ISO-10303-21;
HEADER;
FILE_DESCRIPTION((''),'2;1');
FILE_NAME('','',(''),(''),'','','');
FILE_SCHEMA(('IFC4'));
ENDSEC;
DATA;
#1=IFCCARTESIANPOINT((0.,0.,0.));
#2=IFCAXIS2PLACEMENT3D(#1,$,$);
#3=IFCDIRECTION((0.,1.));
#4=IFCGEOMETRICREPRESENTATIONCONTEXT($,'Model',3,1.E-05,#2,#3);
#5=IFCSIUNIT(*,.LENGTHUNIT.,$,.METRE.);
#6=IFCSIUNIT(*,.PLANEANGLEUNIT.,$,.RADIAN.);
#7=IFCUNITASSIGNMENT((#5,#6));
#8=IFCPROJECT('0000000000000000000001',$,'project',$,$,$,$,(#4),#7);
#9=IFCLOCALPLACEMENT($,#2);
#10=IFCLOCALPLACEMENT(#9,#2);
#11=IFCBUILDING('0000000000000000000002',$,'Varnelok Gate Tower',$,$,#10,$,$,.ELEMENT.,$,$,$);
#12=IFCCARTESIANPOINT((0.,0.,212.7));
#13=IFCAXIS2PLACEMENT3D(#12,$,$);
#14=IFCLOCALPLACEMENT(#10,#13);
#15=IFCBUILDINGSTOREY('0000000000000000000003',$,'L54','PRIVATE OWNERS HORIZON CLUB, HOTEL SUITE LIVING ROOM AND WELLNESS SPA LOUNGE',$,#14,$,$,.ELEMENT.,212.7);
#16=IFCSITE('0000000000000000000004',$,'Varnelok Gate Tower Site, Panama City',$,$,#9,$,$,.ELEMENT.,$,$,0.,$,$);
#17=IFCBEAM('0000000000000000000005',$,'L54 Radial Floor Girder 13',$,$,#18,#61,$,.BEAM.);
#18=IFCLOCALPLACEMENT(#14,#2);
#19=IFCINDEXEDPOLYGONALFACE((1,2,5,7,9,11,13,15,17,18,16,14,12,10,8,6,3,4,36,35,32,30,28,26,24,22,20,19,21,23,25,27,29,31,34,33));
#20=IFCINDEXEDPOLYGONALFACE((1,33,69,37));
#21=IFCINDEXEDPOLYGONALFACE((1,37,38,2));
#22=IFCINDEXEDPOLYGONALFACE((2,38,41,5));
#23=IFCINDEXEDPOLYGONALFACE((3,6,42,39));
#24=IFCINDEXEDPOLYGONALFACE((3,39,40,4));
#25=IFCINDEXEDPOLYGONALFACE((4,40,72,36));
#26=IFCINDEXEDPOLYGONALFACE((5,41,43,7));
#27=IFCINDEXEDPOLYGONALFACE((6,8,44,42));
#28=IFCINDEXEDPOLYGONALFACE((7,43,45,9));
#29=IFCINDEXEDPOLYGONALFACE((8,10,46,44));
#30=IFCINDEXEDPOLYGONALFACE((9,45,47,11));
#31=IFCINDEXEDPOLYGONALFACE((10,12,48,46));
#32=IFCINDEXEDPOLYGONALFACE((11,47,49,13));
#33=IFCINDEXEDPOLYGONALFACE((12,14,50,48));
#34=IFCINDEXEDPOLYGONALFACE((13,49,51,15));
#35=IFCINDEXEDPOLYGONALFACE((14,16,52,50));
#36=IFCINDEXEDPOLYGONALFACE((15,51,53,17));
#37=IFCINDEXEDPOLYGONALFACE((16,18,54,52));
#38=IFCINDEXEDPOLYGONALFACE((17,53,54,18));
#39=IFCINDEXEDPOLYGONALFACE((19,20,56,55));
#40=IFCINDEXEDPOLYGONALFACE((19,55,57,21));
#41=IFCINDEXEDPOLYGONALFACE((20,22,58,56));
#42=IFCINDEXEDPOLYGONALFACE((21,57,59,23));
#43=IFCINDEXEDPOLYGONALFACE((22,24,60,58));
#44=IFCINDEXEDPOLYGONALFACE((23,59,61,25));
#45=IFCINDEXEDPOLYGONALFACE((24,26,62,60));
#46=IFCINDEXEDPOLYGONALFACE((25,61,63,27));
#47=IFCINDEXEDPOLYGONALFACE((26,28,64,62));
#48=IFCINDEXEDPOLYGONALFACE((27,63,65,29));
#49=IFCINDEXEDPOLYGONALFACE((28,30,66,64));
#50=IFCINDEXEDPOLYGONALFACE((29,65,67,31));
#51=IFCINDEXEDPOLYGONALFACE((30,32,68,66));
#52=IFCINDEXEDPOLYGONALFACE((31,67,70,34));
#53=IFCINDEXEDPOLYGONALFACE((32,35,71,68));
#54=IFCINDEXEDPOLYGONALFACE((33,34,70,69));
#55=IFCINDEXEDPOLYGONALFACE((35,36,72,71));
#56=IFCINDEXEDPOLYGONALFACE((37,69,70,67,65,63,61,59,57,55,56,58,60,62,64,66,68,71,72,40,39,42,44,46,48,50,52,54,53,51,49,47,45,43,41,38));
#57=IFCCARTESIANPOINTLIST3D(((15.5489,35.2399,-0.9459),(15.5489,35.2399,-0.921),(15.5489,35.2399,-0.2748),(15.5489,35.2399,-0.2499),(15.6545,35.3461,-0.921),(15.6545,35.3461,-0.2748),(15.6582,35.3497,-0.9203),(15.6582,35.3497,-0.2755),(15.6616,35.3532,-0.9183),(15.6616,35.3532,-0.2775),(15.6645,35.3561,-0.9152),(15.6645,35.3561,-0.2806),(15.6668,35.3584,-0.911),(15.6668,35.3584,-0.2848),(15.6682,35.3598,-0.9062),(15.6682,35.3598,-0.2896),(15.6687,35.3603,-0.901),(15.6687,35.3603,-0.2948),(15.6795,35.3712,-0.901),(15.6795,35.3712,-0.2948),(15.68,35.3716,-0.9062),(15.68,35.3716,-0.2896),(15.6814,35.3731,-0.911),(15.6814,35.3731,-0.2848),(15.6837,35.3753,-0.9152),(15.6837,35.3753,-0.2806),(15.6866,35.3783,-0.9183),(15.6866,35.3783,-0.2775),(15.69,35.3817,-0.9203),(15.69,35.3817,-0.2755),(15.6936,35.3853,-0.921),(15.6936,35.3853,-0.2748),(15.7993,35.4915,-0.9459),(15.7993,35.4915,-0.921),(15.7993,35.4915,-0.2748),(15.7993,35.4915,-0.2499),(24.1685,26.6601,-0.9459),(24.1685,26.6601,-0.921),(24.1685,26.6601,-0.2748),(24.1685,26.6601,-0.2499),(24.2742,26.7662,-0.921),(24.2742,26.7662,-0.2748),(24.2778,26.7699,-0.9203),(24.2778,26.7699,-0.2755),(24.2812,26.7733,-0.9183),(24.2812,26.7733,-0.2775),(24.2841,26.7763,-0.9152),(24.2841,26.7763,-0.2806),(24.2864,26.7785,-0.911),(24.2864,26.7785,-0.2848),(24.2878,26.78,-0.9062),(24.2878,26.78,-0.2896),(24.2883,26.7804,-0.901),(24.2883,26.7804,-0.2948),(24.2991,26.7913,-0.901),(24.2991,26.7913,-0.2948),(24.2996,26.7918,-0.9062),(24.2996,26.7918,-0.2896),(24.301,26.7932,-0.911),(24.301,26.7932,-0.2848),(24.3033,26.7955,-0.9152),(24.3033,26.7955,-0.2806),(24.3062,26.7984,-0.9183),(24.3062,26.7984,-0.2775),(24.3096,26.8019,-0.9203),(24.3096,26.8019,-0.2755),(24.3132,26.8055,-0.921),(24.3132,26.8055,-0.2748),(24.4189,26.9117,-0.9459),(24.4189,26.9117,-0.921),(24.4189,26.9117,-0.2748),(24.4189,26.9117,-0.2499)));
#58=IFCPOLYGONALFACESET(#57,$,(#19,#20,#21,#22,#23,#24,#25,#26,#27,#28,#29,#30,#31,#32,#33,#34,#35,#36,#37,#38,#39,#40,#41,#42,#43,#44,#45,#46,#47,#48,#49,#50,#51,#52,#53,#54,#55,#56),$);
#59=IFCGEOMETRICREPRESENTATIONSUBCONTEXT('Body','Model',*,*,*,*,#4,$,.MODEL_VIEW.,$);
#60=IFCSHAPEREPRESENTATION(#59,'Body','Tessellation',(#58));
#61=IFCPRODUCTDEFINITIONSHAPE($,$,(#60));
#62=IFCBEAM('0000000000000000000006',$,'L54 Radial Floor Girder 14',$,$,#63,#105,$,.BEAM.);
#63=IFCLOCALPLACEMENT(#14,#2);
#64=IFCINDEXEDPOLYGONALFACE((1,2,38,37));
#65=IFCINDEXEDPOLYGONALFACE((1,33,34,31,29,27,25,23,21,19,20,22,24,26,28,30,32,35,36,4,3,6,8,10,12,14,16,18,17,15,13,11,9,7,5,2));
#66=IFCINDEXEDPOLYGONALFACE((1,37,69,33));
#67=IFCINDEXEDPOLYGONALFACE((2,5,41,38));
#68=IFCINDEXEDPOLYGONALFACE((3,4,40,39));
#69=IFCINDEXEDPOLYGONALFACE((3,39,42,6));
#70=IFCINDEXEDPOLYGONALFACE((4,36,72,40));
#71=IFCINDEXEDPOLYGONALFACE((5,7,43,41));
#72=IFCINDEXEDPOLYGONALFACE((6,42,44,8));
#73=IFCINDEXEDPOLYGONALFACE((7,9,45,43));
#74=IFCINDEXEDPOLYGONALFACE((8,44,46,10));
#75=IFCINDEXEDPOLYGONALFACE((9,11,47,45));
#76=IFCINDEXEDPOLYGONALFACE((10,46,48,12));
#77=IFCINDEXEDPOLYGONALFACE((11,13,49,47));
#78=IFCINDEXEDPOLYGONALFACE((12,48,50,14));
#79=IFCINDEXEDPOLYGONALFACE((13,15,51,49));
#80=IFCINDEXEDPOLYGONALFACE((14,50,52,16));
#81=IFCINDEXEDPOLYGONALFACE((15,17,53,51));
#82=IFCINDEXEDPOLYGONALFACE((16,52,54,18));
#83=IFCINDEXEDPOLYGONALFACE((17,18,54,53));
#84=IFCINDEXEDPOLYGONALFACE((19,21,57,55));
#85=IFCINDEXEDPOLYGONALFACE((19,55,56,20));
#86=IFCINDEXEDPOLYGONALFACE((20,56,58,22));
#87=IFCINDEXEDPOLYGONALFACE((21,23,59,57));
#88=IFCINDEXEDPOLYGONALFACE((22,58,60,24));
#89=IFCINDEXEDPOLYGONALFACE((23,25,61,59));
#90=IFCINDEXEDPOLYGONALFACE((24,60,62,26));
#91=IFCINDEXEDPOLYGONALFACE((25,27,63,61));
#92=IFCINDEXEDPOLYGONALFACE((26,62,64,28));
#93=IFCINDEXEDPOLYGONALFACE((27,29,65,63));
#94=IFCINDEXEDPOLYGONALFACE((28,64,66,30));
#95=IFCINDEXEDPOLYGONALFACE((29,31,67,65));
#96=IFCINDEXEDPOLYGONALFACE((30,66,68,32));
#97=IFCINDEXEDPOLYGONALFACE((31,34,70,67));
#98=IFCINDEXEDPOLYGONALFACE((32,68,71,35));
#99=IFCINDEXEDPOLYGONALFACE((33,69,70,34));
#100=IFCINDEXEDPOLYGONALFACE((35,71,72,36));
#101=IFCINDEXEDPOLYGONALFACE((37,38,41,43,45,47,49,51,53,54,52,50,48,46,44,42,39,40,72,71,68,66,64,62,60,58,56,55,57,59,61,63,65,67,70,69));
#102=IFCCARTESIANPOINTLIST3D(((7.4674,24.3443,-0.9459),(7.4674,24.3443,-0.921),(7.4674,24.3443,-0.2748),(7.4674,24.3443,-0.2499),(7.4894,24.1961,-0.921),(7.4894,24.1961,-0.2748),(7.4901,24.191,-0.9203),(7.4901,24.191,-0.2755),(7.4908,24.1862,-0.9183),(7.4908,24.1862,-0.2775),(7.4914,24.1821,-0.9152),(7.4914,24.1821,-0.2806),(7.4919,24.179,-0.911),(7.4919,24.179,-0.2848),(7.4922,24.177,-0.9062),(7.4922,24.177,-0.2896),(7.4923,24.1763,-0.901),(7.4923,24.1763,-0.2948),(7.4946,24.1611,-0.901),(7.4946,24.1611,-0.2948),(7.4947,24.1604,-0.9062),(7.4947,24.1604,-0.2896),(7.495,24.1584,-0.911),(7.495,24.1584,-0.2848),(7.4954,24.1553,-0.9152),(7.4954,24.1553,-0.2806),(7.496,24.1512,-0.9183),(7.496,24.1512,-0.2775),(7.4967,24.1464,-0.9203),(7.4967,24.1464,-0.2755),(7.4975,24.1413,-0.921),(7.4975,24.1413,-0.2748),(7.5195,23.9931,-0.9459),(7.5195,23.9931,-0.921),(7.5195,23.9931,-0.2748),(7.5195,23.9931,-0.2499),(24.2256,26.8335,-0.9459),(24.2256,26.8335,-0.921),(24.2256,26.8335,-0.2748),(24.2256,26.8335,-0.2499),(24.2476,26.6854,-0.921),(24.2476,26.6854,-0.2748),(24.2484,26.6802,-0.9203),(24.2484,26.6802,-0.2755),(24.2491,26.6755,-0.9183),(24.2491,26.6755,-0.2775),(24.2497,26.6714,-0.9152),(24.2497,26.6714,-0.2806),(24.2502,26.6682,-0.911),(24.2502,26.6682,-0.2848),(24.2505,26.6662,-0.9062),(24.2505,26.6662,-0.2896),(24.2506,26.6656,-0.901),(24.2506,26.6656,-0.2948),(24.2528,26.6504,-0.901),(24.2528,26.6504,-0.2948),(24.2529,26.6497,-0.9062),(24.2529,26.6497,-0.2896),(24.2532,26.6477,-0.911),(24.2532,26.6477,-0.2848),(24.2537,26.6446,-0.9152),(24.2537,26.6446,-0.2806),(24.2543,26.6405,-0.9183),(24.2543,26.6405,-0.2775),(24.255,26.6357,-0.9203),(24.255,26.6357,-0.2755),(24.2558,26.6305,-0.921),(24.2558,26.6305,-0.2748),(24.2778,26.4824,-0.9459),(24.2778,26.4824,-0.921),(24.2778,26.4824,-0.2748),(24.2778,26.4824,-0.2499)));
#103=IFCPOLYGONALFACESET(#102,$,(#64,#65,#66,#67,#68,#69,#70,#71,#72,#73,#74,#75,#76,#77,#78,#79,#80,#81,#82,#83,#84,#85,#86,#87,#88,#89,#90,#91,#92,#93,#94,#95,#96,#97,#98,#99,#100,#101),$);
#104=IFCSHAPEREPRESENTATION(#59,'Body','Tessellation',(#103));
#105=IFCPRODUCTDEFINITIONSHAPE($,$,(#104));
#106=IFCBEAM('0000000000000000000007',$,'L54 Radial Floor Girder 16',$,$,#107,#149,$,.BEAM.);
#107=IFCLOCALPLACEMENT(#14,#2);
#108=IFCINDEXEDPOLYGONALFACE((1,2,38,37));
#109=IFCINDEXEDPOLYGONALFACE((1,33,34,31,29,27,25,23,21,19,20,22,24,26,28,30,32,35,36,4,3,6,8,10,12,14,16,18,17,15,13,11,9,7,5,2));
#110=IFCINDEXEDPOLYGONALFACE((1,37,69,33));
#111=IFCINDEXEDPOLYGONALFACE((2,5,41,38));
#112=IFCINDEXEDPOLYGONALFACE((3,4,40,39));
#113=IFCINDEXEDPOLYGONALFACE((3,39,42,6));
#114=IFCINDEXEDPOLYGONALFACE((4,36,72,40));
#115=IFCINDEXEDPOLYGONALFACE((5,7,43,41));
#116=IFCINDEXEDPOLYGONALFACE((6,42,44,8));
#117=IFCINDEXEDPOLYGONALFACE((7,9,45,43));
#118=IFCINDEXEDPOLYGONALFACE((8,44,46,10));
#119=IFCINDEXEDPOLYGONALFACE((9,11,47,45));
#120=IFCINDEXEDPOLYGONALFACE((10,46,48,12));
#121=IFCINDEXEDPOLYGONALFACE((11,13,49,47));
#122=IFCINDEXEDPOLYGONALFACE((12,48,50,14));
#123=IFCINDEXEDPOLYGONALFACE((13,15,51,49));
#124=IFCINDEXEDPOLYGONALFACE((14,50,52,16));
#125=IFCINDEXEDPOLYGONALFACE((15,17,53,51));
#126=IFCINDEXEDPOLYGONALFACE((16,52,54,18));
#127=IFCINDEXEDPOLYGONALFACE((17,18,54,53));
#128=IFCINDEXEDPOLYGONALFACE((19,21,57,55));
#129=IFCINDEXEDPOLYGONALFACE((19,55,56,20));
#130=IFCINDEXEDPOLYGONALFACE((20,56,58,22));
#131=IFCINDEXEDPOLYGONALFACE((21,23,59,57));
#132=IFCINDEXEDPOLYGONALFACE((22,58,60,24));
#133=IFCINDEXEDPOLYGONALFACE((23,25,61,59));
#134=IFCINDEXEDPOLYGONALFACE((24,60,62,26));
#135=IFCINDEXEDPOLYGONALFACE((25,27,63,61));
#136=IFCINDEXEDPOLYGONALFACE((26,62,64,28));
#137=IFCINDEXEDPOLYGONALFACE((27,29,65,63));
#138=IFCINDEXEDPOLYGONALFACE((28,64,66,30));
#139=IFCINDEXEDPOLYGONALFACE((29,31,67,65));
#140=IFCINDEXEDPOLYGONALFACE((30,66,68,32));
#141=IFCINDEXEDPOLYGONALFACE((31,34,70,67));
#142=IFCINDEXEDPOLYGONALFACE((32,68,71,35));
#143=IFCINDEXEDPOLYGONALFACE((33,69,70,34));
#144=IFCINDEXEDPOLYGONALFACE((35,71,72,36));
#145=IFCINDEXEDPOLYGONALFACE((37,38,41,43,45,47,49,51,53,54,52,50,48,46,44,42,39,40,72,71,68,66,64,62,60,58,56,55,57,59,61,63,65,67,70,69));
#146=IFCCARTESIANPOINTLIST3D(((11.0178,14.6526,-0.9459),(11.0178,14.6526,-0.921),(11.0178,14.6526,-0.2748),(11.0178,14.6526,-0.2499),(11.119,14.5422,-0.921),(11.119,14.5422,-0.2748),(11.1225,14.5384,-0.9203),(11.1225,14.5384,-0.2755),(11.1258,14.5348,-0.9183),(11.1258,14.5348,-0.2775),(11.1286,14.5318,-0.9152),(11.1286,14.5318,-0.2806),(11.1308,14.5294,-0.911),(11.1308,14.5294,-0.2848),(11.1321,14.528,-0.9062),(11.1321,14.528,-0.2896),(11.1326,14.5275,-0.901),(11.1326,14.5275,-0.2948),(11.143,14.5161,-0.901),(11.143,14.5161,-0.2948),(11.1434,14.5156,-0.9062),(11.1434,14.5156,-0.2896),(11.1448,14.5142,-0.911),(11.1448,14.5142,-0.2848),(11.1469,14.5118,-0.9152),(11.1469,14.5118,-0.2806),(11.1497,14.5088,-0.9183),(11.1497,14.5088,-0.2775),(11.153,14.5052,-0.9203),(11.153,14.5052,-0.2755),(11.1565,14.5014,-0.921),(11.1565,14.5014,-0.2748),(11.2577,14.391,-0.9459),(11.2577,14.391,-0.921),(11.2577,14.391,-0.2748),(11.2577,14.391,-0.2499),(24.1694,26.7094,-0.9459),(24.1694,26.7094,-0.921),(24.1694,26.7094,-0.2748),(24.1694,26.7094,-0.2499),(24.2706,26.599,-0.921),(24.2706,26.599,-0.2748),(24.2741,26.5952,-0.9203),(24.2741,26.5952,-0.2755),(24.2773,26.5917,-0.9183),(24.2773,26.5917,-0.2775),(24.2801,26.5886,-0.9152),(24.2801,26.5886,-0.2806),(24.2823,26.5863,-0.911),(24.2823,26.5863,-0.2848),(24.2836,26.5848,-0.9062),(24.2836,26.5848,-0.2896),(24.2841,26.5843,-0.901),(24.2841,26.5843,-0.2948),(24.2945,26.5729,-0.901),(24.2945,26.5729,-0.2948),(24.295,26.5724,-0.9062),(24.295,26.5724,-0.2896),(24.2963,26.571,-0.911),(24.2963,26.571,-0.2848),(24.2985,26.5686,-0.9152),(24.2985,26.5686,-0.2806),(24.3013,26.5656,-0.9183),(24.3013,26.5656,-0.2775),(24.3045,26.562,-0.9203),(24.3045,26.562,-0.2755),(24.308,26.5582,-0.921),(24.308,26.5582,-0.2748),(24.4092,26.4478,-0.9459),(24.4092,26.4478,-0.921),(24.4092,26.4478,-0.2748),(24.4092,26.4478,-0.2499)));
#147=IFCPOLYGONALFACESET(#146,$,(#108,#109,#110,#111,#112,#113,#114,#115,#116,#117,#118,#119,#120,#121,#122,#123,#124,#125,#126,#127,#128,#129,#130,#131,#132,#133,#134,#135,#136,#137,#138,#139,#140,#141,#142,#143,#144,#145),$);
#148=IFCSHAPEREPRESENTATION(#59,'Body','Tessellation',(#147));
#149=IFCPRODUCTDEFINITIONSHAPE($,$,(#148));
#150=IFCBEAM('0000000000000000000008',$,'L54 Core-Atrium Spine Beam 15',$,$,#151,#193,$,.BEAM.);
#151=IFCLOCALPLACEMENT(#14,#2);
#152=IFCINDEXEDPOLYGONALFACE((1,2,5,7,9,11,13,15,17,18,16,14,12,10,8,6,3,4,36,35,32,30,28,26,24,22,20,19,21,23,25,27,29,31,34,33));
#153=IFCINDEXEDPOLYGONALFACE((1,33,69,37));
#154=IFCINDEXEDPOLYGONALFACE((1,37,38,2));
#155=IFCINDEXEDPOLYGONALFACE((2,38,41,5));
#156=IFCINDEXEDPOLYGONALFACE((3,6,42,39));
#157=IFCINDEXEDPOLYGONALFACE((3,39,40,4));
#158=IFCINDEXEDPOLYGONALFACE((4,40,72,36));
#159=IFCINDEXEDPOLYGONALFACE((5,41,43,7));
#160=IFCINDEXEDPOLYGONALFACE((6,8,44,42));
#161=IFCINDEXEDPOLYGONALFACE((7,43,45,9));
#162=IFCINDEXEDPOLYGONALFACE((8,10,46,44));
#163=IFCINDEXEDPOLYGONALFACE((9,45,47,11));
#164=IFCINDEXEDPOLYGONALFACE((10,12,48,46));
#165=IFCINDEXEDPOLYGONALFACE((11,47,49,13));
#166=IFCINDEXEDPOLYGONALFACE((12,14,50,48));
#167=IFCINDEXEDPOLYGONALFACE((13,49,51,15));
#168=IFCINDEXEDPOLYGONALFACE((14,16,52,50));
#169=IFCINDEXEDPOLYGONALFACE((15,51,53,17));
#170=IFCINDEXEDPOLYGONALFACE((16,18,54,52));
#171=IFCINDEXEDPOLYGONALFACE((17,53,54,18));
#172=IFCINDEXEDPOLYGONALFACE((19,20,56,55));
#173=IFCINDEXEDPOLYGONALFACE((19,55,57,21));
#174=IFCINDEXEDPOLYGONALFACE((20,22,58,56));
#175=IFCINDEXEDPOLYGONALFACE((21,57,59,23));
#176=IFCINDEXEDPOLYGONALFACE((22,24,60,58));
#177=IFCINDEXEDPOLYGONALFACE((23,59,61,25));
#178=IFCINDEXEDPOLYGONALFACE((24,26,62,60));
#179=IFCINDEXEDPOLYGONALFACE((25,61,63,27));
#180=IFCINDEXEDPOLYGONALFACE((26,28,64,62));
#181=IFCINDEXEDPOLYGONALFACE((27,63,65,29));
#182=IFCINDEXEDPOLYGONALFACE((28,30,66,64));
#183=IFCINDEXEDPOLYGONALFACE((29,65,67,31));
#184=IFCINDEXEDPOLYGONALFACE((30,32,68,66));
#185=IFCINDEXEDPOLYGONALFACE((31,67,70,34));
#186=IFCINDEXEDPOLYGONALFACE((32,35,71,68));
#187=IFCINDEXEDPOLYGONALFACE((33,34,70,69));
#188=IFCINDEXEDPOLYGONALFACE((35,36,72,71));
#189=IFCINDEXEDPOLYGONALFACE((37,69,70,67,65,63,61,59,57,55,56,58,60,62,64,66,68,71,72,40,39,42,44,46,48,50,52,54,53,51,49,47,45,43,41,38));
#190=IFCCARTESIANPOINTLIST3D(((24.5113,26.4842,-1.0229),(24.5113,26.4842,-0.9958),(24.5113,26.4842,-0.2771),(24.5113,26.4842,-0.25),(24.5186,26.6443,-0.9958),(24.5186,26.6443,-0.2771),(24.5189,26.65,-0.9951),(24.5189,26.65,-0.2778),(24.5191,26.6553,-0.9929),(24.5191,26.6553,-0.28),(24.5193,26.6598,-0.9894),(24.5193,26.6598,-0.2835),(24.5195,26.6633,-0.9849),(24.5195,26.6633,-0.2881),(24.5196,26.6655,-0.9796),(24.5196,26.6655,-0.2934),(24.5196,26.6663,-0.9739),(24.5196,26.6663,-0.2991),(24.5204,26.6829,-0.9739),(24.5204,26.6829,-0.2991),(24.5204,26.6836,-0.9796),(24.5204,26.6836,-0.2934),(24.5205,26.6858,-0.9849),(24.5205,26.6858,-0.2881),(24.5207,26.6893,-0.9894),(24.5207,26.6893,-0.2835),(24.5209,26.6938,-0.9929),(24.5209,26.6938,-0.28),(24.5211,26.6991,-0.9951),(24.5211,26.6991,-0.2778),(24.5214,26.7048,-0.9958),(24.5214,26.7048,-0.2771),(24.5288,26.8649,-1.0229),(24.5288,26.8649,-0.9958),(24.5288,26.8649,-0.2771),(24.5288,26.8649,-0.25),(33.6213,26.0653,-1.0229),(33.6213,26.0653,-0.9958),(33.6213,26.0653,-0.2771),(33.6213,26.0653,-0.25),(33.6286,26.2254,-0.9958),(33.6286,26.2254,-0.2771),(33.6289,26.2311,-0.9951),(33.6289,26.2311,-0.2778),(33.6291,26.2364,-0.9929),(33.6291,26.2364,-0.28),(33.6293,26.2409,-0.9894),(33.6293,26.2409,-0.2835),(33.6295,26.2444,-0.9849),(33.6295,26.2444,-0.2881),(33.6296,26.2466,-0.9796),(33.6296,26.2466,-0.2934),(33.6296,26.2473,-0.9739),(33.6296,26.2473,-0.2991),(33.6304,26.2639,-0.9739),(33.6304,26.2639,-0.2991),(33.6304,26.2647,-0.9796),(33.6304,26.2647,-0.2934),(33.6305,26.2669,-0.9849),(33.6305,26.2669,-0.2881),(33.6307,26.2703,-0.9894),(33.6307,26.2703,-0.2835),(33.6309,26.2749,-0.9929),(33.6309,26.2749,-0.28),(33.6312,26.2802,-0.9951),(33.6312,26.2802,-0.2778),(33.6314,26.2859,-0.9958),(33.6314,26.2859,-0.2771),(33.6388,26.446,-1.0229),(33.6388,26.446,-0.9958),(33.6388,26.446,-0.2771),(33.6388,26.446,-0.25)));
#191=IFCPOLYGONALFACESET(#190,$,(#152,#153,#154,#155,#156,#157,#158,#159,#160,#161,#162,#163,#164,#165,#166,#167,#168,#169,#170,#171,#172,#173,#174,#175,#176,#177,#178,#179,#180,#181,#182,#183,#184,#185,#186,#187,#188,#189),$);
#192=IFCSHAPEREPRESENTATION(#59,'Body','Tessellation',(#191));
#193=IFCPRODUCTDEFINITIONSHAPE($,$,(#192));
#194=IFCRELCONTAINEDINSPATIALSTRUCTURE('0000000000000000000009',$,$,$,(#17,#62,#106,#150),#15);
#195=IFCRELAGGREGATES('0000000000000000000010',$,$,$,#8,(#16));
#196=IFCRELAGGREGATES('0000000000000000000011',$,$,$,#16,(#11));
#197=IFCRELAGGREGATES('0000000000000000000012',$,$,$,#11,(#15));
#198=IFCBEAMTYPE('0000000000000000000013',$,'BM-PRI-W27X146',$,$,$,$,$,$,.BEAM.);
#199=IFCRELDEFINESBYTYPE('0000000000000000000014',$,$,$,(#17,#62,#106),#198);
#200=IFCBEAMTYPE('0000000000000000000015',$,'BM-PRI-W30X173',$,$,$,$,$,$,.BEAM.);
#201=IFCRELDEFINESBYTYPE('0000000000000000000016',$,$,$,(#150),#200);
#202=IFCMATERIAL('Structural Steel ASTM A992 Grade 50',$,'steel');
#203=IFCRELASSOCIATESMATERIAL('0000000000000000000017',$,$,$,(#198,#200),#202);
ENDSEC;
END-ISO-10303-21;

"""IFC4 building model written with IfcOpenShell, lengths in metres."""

from ifc_helpers import new_model, si_unit, direction, frame, origin, origin_2d, place, context, subcontext, project, spatial, i_section, extrude, material, material_profile, profile_set, type_object, element, save


model = new_model("IFC4")

# Units and contexts
model_context = context("Model", 3, precision=1e-05, world=origin(), true_north=direction((0.0, 1.0)))
body_context = subcontext(model_context, "Body", "Model", "MODEL_VIEW")
ifc_project = project(units=[si_unit("LENGTHUNIT", "METRE"), si_unit("PLANEANGLEUNIT", "RADIAN")], contexts=[model_context])

# Site, building, storey
site_placement = place(None, origin())
site = spatial("IfcSite", under=ifc_project, at=site_placement, Name="Varnelok Gate Tower Site, Panama City", CompositionType="ELEMENT", RefElevation=0.0)
building_placement = place(site_placement, origin())
building = spatial("IfcBuilding", under=site, at=building_placement, Name="Varnelok Gate Tower", CompositionType="ELEMENT")
storey_placement = place(building_placement, frame((0.0, 0.0, 212.7)))
storey = spatial("IfcBuildingStorey", under=building, at=storey_placement, Name="L54", Description="PRIVATE OWNERS HORIZON CLUB, HOTEL SUITE LIVING ROOM AND WELLNESS SPA LOUNGE", CompositionType="ELEMENT", Elevation=212.7)

# Shared definitions
ifc_material_1 = material(Name="Structural Steel ASTM A992 Grade 50", Category="steel")

# Beams
ifc_material_profile_1 = material_profile(ifc_material_1, i_section(OverallWidth=0.355, OverallDepth=0.696, WebThickness=0.0154, FlangeThickness=0.0249, FilletRadius=0.02, at=origin_2d()), Name="W27X146")
ifc_profile_set_1 = profile_set([ifc_material_profile_1], Name="Structural Steel ASTM A992 Grade 50")
beam_type_1 = type_object("IfcBeamType", Name="BM-PRI-W27X146", PredefinedType="BEAM", material=ifc_profile_set_1)
beam_1_placement = place(storey_placement, frame((24.2937, 26.7859, -0.5979), z_axis=(-0.708741, 0.705469, 0.0), x_axis=(-0.705469, -0.708741, 0.0)))
element("IfcBeam", 1, at=beam_1_placement, inside=storey, type_object=beam_type_1, Name="L54 Radial Floor Girder 13", PredefinedType="BEAM", context=body_context, shape_type="SweptSolid", body=[
    extrude(i_section(OverallWidth=0.355, OverallDepth=0.696, WebThickness=0.0154, FlangeThickness=0.0249, FilletRadius=0.02, at=origin_2d()), origin(), (0.0, 0.0, 1.0), 12.1619),
])
beam_2_placement = place(storey_placement, frame((24.2517, 26.658, -0.5979), z_axis=(-0.989147, -0.146927, 0.0), x_axis=(0.146927, -0.989147, 0.0)))
element("IfcBeam", 2, at=beam_2_placement, inside=storey, type_object=beam_type_1, Name="L54 Radial Floor Girder 14", PredefinedType="BEAM", context=body_context, shape_type="SweptSolid", body=[
    extrude(i_section(OverallWidth=0.355, OverallDepth=0.696, WebThickness=0.0154, FlangeThickness=0.0249, FilletRadius=0.02, at=origin_2d()), origin(), (0.0, 0.0, 1.0), 16.9421),
])
beam_3_placement = place(storey_placement, frame((24.2893, 26.5786, -0.5979), z_axis=(-0.737119, -0.675762, 0.0), x_axis=(0.675762, -0.737119, 0.0)))
element("IfcBeam", 3, at=beam_3_placement, inside=storey, type_object=beam_type_1, Name="L54 Radial Floor Girder 16", PredefinedType="BEAM", context=body_context, shape_type="SweptSolid", body=[
    extrude(i_section(OverallWidth=0.355, OverallDepth=0.696, WebThickness=0.0154, FlangeThickness=0.0249, FilletRadius=0.02, at=origin_2d()), origin(), (0.0, 0.0, 1.0), 17.8418),
])
ifc_material_profile_2 = material_profile(ifc_material_1, i_section(OverallWidth=0.3811, OverallDepth=0.7729, WebThickness=0.0166, FlangeThickness=0.0271, FilletRadius=0.022, at=origin_2d()), Name="W30X173")
ifc_profile_set_2 = profile_set([ifc_material_profile_2], Name="Structural Steel ASTM A992 Grade 50")
beam_type_2 = type_object("IfcBeamType", Name="BM-PRI-W30X173", PredefinedType="BEAM", material=ifc_profile_set_2)
beam_4_placement = place(storey_placement, frame((24.52, 26.6746, -0.6365), z_axis=(0.998944, -0.045938, 0.0), x_axis=(0.045938, 0.998944, 0.0)))
element("IfcBeam", 4, at=beam_4_placement, inside=storey, type_object=beam_type_2, Name="L54 Core-Atrium Spine Beam 15", PredefinedType="BEAM", context=body_context, shape_type="SweptSolid", body=[
    extrude(i_section(OverallWidth=0.3811, OverallDepth=0.7729, WebThickness=0.0166, FlangeThickness=0.0271, FilletRadius=0.022, at=origin_2d()), origin(), (0.0, 0.0, 1.0), 9.1196),
])

save(model, "model.ifc")
